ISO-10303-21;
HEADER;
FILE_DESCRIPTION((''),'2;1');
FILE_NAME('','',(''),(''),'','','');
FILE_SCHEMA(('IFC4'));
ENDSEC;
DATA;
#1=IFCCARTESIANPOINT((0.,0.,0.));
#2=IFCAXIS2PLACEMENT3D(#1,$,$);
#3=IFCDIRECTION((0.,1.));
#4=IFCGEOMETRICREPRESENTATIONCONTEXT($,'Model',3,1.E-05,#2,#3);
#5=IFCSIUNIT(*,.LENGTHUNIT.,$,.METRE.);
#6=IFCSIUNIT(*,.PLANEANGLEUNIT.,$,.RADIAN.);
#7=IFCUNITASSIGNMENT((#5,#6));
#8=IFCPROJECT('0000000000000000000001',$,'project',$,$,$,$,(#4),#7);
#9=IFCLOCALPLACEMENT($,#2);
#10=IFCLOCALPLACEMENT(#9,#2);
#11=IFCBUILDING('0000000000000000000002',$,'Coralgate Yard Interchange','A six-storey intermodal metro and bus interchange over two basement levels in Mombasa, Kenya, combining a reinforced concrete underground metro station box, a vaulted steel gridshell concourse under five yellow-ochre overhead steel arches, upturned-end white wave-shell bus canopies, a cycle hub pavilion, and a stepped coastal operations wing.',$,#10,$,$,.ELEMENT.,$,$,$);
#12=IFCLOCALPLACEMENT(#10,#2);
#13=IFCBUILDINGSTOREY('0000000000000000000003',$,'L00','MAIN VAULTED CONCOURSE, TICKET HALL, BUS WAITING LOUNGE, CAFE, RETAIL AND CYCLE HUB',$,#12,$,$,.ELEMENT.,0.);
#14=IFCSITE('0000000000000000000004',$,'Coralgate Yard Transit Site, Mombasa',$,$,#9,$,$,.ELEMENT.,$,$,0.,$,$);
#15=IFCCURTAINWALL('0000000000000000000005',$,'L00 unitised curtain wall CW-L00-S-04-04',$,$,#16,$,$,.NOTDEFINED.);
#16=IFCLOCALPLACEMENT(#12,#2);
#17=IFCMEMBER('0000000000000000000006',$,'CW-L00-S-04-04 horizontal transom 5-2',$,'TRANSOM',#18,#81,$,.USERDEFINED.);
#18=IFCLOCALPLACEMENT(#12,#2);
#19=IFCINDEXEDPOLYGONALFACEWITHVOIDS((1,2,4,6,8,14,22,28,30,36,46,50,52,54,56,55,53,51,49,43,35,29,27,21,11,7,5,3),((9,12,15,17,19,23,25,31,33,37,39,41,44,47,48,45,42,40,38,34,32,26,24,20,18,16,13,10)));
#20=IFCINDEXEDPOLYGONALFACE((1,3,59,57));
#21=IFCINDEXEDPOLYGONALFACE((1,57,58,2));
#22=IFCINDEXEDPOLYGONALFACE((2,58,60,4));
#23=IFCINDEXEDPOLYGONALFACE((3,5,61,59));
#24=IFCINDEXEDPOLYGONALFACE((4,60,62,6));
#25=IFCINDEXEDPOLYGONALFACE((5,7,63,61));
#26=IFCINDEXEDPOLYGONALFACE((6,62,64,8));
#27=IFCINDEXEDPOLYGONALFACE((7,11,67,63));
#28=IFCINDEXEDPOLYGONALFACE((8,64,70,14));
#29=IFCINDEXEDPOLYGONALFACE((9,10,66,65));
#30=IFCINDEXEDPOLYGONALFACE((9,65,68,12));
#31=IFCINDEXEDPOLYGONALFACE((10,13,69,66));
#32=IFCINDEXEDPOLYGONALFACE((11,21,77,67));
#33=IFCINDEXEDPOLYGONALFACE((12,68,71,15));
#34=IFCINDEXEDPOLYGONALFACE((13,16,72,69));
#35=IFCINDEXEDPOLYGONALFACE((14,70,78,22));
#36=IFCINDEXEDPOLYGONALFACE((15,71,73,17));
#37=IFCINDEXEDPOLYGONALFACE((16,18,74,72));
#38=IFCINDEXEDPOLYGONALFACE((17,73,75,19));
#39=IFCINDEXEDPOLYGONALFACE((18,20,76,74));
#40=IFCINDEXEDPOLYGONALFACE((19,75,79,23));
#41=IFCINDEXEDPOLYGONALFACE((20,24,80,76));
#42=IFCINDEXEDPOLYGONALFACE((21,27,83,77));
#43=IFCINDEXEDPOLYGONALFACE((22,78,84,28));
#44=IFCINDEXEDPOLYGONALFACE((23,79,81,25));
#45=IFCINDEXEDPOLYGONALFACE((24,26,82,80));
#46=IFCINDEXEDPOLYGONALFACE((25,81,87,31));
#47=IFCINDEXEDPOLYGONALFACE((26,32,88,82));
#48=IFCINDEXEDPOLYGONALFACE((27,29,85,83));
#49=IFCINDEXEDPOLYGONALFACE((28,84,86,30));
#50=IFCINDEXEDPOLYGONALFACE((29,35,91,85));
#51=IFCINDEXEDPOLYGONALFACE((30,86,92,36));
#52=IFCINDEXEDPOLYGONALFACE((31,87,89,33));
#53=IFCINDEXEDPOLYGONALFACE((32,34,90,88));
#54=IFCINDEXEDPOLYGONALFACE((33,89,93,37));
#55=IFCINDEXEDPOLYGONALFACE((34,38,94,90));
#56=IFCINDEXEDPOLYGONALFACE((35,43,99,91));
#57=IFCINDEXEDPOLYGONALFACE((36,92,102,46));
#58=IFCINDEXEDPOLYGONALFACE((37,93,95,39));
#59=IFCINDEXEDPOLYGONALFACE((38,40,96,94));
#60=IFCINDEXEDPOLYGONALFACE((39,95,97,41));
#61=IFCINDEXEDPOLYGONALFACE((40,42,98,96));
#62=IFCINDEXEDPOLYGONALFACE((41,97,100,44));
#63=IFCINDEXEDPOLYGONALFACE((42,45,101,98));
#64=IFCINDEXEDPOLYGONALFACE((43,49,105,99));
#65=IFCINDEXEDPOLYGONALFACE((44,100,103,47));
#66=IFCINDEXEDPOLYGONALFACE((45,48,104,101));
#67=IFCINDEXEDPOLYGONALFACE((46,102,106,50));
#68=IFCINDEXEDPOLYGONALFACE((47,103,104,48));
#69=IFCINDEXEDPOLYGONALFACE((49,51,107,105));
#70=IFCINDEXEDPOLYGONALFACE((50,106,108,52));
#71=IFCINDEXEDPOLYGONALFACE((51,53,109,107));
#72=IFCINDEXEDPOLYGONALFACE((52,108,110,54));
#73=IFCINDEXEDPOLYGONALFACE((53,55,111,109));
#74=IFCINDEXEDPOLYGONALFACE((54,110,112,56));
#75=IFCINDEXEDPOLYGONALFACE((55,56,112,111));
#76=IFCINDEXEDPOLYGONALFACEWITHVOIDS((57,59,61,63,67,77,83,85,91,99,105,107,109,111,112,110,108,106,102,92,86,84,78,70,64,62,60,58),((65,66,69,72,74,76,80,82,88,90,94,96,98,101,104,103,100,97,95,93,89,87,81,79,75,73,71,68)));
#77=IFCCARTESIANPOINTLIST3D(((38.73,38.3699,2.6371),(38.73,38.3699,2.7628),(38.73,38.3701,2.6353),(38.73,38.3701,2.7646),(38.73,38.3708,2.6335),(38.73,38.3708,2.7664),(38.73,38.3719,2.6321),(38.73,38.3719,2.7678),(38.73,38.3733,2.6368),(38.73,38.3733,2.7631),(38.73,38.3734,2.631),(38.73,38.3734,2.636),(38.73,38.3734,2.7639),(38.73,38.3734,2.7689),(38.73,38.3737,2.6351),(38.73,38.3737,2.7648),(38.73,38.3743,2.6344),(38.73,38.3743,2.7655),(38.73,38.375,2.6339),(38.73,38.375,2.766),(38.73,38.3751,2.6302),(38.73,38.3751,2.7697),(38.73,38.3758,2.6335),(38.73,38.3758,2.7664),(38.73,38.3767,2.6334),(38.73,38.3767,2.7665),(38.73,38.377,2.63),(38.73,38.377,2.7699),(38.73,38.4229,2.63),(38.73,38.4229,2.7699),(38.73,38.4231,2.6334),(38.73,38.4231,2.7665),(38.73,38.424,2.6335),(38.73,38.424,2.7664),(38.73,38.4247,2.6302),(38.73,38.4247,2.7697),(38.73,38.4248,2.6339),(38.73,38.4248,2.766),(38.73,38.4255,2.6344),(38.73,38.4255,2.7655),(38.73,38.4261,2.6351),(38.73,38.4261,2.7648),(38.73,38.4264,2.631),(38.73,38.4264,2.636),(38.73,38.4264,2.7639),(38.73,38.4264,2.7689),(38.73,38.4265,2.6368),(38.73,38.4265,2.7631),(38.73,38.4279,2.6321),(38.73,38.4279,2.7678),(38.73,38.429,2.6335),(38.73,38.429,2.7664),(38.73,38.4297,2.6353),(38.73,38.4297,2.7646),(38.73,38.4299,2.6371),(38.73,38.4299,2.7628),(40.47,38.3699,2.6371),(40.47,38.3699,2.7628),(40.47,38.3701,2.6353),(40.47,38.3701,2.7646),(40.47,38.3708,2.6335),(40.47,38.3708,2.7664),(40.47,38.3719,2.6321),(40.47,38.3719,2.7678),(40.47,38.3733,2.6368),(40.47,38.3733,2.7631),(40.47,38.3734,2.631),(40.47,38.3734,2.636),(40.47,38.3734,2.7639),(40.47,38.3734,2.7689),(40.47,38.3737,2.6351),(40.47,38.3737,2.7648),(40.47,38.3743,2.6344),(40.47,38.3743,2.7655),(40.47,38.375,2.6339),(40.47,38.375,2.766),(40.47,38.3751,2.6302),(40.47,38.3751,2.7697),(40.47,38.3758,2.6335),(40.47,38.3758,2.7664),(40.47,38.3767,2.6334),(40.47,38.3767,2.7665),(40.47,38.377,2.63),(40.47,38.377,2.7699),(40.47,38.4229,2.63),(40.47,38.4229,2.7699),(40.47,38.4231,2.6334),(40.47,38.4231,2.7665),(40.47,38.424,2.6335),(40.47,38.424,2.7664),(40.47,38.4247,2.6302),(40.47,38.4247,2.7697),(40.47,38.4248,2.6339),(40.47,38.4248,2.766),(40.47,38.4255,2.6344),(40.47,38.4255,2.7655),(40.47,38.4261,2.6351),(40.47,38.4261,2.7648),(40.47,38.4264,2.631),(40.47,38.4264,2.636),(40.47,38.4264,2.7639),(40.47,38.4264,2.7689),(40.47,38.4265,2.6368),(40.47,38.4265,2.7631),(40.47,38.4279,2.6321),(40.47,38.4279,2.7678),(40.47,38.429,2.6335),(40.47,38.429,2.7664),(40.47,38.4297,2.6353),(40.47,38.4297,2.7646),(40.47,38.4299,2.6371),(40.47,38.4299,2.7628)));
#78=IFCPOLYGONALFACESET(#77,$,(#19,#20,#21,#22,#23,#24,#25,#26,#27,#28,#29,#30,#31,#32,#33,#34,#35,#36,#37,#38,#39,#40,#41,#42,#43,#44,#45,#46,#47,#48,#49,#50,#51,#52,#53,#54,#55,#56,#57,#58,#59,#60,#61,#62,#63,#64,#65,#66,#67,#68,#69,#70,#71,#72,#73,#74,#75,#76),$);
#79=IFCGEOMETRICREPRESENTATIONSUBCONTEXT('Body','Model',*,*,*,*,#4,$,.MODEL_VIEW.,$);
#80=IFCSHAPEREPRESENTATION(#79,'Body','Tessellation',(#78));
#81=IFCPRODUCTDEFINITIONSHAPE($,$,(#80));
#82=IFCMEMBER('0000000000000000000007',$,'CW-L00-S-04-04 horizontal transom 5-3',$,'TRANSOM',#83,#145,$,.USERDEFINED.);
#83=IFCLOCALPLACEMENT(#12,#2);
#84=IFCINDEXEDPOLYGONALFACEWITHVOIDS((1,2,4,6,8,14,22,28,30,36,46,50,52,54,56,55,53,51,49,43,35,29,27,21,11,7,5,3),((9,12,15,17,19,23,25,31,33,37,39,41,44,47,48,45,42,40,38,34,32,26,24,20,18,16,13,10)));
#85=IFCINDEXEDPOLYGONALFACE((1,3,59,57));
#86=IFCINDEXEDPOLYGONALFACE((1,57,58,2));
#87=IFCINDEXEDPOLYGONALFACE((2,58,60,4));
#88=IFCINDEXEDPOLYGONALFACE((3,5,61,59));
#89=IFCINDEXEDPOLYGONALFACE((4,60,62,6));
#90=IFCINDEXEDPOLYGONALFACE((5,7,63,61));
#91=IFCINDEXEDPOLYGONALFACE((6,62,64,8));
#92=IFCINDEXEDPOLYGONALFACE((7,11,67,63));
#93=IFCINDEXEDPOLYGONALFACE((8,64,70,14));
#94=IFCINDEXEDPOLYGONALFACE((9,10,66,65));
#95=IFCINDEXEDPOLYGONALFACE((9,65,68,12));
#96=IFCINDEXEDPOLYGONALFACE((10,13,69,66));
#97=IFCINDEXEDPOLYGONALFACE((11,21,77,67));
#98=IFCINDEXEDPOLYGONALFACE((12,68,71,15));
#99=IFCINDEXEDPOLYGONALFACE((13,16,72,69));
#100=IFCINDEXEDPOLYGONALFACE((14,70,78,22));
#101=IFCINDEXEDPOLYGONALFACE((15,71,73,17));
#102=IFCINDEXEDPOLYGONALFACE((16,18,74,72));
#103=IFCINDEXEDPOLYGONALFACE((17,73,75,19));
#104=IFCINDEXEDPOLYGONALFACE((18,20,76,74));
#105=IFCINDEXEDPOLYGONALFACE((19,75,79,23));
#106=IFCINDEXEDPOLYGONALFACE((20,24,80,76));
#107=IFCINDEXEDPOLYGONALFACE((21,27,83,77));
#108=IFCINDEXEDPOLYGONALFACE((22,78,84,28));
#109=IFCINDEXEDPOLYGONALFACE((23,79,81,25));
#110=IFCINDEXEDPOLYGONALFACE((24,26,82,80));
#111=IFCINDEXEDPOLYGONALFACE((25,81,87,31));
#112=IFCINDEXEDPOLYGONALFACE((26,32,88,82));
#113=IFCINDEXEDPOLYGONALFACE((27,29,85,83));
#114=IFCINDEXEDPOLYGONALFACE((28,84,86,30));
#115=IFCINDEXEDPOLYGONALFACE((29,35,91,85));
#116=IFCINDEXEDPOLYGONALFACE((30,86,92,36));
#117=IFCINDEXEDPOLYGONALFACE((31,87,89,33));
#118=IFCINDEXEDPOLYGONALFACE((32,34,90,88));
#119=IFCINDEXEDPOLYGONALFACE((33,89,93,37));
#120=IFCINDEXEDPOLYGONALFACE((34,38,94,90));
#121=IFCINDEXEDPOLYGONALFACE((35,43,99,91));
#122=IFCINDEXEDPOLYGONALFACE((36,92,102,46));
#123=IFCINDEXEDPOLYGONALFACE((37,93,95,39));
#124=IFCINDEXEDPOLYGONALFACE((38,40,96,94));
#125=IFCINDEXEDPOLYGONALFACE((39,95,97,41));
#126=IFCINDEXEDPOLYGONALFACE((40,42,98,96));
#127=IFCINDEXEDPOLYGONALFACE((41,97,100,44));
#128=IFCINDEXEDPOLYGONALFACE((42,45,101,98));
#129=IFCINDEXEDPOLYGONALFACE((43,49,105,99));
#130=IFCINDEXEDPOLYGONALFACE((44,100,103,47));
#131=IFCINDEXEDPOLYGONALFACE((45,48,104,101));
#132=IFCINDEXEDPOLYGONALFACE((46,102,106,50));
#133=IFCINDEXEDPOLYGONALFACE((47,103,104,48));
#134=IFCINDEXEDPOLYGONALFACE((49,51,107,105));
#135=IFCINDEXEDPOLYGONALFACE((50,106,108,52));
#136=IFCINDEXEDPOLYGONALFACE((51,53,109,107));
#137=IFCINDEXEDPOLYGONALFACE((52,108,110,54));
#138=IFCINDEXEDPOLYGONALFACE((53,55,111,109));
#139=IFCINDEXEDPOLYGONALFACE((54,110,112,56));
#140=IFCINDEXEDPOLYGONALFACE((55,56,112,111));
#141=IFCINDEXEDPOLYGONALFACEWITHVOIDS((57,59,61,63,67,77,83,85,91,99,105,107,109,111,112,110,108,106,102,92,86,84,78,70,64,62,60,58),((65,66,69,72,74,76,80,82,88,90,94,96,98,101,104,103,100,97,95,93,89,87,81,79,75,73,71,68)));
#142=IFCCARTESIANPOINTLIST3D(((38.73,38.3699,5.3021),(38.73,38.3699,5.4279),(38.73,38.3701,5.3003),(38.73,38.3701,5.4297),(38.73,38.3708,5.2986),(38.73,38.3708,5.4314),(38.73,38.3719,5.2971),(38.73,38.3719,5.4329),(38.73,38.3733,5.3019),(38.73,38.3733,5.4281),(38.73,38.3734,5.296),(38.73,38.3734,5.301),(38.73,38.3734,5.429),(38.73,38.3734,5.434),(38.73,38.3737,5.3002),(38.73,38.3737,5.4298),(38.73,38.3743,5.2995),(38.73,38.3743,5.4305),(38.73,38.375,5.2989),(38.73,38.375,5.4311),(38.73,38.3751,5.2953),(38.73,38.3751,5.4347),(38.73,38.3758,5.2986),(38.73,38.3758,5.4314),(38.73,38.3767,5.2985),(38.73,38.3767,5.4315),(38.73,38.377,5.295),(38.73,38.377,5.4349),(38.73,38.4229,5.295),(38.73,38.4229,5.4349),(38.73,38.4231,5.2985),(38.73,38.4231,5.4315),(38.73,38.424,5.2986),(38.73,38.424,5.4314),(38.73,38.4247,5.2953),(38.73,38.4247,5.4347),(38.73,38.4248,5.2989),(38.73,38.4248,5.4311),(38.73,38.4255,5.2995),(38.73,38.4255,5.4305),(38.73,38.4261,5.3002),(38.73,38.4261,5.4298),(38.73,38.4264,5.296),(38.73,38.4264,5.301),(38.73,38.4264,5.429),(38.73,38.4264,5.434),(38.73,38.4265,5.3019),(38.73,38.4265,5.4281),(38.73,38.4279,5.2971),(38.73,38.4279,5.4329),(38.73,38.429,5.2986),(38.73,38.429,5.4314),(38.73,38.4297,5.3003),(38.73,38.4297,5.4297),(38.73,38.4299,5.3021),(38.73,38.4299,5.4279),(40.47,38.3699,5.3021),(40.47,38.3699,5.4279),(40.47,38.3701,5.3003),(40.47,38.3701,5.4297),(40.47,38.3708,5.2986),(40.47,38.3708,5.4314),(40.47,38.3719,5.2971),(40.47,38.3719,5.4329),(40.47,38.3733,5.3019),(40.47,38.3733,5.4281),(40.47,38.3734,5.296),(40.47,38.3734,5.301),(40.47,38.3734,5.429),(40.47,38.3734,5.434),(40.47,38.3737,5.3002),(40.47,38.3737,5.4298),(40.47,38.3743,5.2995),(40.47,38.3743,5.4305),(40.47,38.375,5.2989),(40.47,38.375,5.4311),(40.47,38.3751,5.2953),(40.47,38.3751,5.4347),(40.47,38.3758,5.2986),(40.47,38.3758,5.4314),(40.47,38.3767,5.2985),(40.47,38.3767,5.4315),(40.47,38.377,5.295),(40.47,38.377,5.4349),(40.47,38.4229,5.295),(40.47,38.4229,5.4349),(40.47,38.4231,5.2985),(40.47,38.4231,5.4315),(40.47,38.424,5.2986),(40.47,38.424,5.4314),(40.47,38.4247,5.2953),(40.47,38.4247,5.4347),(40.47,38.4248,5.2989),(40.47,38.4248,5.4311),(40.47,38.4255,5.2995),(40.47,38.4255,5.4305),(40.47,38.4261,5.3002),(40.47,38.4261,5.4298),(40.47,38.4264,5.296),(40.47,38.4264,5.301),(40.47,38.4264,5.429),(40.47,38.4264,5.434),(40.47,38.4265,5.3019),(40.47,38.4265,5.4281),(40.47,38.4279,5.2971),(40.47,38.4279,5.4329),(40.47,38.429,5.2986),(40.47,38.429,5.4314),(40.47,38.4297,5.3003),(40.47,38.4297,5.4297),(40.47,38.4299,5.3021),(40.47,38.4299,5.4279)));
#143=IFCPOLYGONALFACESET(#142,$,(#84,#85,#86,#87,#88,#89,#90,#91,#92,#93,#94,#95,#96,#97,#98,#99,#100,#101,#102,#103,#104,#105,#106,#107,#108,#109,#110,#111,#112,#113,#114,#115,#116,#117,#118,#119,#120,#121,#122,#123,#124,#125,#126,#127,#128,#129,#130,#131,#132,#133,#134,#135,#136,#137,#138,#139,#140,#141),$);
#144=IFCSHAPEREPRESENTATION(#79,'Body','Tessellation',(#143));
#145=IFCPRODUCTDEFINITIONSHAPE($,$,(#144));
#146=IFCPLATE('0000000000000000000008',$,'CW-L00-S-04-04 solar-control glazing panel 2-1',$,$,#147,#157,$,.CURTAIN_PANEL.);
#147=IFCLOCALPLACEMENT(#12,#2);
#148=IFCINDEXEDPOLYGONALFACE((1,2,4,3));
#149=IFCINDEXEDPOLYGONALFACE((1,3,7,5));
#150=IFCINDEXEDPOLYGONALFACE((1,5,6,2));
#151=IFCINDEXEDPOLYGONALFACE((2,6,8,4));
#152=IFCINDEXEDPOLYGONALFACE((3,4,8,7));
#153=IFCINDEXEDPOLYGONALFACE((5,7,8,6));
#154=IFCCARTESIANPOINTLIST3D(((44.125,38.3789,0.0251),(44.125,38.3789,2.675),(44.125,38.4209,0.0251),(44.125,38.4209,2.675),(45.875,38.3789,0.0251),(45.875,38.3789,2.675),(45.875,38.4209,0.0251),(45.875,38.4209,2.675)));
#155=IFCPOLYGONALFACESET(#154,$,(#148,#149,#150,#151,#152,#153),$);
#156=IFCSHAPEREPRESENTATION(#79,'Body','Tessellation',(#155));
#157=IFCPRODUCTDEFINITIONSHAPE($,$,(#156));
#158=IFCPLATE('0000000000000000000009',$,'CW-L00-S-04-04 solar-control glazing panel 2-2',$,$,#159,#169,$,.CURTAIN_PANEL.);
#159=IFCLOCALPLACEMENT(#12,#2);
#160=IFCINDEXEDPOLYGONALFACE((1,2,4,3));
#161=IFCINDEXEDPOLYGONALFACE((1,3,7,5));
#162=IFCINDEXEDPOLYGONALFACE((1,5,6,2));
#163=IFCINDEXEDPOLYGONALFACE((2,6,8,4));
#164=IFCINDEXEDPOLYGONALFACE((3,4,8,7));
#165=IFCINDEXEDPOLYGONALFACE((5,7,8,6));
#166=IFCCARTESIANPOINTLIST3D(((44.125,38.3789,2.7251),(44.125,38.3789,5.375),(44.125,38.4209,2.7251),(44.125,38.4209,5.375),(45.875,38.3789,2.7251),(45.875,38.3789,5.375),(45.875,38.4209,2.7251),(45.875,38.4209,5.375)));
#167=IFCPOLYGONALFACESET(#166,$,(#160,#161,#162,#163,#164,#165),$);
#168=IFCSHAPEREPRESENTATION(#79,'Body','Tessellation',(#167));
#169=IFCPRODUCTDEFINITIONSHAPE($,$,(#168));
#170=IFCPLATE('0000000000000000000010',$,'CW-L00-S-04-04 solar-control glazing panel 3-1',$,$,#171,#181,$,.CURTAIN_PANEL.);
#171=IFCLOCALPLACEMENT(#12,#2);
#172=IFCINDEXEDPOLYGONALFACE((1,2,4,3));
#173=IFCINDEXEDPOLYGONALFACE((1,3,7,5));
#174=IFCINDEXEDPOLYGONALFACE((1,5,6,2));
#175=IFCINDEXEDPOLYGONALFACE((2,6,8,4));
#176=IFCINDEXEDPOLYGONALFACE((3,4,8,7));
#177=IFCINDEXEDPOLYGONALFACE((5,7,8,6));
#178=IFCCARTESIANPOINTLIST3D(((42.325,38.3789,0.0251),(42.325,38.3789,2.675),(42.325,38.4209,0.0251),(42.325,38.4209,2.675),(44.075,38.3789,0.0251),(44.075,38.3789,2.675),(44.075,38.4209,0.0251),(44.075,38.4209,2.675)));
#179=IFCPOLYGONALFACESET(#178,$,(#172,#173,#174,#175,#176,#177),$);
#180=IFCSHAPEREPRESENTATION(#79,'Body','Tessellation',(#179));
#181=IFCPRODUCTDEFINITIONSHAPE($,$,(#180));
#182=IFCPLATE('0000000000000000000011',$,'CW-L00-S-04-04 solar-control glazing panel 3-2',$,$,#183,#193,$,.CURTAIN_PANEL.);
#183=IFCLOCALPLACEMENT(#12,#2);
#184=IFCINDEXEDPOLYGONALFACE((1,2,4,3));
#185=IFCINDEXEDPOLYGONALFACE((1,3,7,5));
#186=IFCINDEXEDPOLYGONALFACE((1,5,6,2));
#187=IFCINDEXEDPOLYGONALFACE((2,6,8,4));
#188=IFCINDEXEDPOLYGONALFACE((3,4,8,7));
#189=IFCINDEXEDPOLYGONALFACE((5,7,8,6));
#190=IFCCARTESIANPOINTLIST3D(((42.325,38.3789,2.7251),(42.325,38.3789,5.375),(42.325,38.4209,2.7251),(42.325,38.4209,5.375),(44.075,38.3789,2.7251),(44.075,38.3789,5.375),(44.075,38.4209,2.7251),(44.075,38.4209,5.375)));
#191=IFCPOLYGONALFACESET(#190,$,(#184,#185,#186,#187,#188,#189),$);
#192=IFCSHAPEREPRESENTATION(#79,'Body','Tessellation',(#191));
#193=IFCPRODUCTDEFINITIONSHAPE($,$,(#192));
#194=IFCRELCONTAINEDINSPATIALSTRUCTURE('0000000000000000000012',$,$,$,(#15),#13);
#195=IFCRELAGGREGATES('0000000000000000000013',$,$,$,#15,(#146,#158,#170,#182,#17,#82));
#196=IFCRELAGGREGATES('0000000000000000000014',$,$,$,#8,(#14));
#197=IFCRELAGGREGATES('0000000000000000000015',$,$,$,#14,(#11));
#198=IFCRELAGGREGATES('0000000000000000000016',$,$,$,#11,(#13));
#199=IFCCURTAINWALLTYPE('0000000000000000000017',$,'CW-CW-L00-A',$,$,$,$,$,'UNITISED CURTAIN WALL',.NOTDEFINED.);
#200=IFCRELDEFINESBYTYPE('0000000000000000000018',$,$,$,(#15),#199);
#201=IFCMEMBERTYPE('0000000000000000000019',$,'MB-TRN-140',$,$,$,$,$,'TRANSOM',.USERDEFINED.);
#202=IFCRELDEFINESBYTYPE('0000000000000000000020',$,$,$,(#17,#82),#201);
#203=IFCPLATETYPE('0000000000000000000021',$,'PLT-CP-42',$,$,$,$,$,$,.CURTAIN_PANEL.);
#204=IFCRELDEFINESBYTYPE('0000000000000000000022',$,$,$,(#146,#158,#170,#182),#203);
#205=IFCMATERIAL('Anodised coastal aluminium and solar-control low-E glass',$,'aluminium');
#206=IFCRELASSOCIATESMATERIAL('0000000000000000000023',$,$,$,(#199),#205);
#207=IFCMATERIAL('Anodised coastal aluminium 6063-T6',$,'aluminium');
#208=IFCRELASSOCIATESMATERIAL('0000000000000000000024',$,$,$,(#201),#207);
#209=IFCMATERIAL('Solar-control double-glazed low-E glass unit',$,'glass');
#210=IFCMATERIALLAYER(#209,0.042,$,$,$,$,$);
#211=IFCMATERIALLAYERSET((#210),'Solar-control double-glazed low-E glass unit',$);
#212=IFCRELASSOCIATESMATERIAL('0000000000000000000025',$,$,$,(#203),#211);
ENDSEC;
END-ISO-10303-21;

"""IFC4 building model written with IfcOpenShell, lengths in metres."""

from ifc_helpers import new_model, si_unit, direction, frame, origin, origin_2d, place, context, subcontext, project, spatial, rectangle, hollow_rectangle, extrude, material, layer, layer_set, material_profile, profile_set, type_object, element, aggregate, save


model = new_model("IFC4")

# Units and contexts
model_context = context("Model", 3, precision=1e-05, world=origin(), true_north=direction((0.0, 1.0)))
body_context = subcontext(model_context, "Body", "Model", "MODEL_VIEW")
ifc_project = project(units=[si_unit("LENGTHUNIT", "METRE"), si_unit("PLANEANGLEUNIT", "RADIAN")], contexts=[model_context])

# Site, building, storey
site_placement = place(None, origin())
site = spatial("IfcSite", under=ifc_project, at=site_placement, Name="Coralgate Yard Transit Site, Mombasa", CompositionType="ELEMENT", RefElevation=0.0)
building_placement = place(site_placement, origin())
building = spatial("IfcBuilding", under=site, at=building_placement, Name="Coralgate Yard Interchange", Description="A six-storey intermodal metro and bus interchange over two basement levels in Mombasa, Kenya, combining a reinforced concrete underground metro station box, a vaulted steel gridshell concourse under five yellow-ochre overhead steel arches, upturned-end white wave-shell bus canopies, a cycle hub pavilion, and a stepped coastal operations wing.", CompositionType="ELEMENT")
storey_placement = place(building_placement, origin())
storey = spatial("IfcBuildingStorey", under=building, at=storey_placement, Name="L00", Description="MAIN VAULTED CONCOURSE, TICKET HALL, BUS WAITING LOUNGE, CAFE, RETAIL AND CYCLE HUB", CompositionType="ELEMENT", Elevation=0.0)

# Curtain wall, members, plates
ifc_material_1 = material(Name="Anodised coastal aluminium and solar-control low-E glass", Category="aluminium")
curtain_wall_type = type_object("IfcCurtainWallType", Name="CW-CW-L00-A", ElementType="UNITISED CURTAIN WALL", PredefinedType="NOTDEFINED", material=ifc_material_1)
curtain_wall_placement = place(storey_placement, origin())
curtain_wall = element("IfcCurtainWall", 1, at=curtain_wall_placement, inside=storey, type_object=curtain_wall_type, Name="L00 unitised curtain wall CW-L00-S-04-04", PredefinedType="NOTDEFINED")
ifc_material_2 = material(Name="Anodised coastal aluminium 6063-T6", Category="aluminium")
ifc_material_profile_1 = material_profile(ifc_material_2, hollow_rectangle(XDim=0.0601, YDim=0.1399, WallThickness=0.0034, InnerFilletRadius=0.0034, OuterFilletRadius=0.0071, at=origin_2d()), Name="ALU 60x140x3.5")
ifc_profile_set_1 = profile_set([ifc_material_profile_1], Name="Anodised coastal aluminium 6063-T6")
member_type_1 = type_object("IfcMemberType", Name="MB-TRN-140", ElementType="TRANSOM", PredefinedType="USERDEFINED", material=ifc_profile_set_1)
member_1_placement = place(storey_placement, frame((40.47, 38.3999, 2.7), z_axis=(-1.0, 0.0, 0.0), x_axis=(0.0, -1.0, 0.0)))
member_1 = element("IfcMember", 2, at=member_1_placement, type_object=member_type_1, Name="CW-L00-S-04-04 horizontal transom 5-2", ObjectType="TRANSOM", PredefinedType="USERDEFINED", context=body_context, shape_type="SweptSolid", body=[
    extrude(hollow_rectangle(XDim=0.0601, YDim=0.1399, WallThickness=0.0034, InnerFilletRadius=0.0034, OuterFilletRadius=0.0071, at=origin_2d()), origin(), (0.0, 0.0, 1.0), 1.74),
])
member_2_placement = place(storey_placement, frame((40.47, 38.3999, 5.365), z_axis=(-1.0, 0.0, 0.0), x_axis=(0.0, -1.0, 0.0)))
member_2 = element("IfcMember", 3, at=member_2_placement, type_object=member_type_1, Name="CW-L00-S-04-04 horizontal transom 5-3", ObjectType="TRANSOM", PredefinedType="USERDEFINED", context=body_context, shape_type="SweptSolid", body=[
    extrude(hollow_rectangle(XDim=0.0601, YDim=0.1399, WallThickness=0.0034, InnerFilletRadius=0.0034, OuterFilletRadius=0.0071, at=origin_2d()), origin(), (0.0, 0.0, 1.0), 1.74),
])
ifc_material_3 = material(Name="Solar-control double-glazed low-E glass unit", Category="glass")
ifc_layer = layer(ifc_material_3, 0.042)
ifc_layer_set = layer_set([ifc_layer], Name="Solar-control double-glazed low-E glass unit")
plate_type = type_object("IfcPlateType", Name="PLT-CP-42", PredefinedType="CURTAIN_PANEL", material=ifc_layer_set)
plate_1_placement = place(storey_placement, frame((45.0, 38.3999, 0.0251), z_axis=(0.0, 0.0, 1.0), x_axis=(-1.0, 0.0, 0.0)))
plate_1 = element("IfcPlate", 4, at=plate_1_placement, type_object=plate_type, Name="CW-L00-S-04-04 solar-control glazing panel 2-1", PredefinedType="CURTAIN_PANEL", context=body_context, shape_type="SweptSolid", body=[
    extrude(rectangle(XDim=1.75, YDim=0.042, at=origin_2d()), origin(), (0.0, 0.0, 1.0), 2.6499),
])
plate_2_placement = place(storey_placement, frame((45.0, 38.3999, 2.7251), z_axis=(0.0, 0.0, 1.0), x_axis=(-1.0, 0.0, 0.0)))
plate_2 = element("IfcPlate", 5, at=plate_2_placement, type_object=plate_type, Name="CW-L00-S-04-04 solar-control glazing panel 2-2", PredefinedType="CURTAIN_PANEL", context=body_context, shape_type="SweptSolid", body=[
    extrude(rectangle(XDim=1.75, YDim=0.042, at=origin_2d()), origin(), (0.0, 0.0, 1.0), 2.6499),
])
plate_3_placement = place(storey_placement, frame((43.2, 38.3999, 0.0251), z_axis=(0.0, 0.0, 1.0), x_axis=(-1.0, 0.0, 0.0)))
plate_3 = element("IfcPlate", 6, at=plate_3_placement, type_object=plate_type, Name="CW-L00-S-04-04 solar-control glazing panel 3-1", PredefinedType="CURTAIN_PANEL", context=body_context, shape_type="SweptSolid", body=[
    extrude(rectangle(XDim=1.75, YDim=0.042, at=origin_2d()), origin(), (0.0, 0.0, 1.0), 2.6499),
])
plate_4_placement = place(storey_placement, frame((43.2, 38.3999, 2.7251), z_axis=(0.0, 0.0, 1.0), x_axis=(-1.0, 0.0, 0.0)))
plate_4 = element("IfcPlate", 7, at=plate_4_placement, type_object=plate_type, Name="CW-L00-S-04-04 solar-control glazing panel 3-2", PredefinedType="CURTAIN_PANEL", context=body_context, shape_type="SweptSolid", body=[
    extrude(rectangle(XDim=1.75, YDim=0.042, at=origin_2d()), origin(), (0.0, 0.0, 1.0), 2.6499),
])
aggregate(curtain_wall, [plate_1, plate_2, plate_3, plate_4, member_1, member_2])

save(model, "model.ifc")
